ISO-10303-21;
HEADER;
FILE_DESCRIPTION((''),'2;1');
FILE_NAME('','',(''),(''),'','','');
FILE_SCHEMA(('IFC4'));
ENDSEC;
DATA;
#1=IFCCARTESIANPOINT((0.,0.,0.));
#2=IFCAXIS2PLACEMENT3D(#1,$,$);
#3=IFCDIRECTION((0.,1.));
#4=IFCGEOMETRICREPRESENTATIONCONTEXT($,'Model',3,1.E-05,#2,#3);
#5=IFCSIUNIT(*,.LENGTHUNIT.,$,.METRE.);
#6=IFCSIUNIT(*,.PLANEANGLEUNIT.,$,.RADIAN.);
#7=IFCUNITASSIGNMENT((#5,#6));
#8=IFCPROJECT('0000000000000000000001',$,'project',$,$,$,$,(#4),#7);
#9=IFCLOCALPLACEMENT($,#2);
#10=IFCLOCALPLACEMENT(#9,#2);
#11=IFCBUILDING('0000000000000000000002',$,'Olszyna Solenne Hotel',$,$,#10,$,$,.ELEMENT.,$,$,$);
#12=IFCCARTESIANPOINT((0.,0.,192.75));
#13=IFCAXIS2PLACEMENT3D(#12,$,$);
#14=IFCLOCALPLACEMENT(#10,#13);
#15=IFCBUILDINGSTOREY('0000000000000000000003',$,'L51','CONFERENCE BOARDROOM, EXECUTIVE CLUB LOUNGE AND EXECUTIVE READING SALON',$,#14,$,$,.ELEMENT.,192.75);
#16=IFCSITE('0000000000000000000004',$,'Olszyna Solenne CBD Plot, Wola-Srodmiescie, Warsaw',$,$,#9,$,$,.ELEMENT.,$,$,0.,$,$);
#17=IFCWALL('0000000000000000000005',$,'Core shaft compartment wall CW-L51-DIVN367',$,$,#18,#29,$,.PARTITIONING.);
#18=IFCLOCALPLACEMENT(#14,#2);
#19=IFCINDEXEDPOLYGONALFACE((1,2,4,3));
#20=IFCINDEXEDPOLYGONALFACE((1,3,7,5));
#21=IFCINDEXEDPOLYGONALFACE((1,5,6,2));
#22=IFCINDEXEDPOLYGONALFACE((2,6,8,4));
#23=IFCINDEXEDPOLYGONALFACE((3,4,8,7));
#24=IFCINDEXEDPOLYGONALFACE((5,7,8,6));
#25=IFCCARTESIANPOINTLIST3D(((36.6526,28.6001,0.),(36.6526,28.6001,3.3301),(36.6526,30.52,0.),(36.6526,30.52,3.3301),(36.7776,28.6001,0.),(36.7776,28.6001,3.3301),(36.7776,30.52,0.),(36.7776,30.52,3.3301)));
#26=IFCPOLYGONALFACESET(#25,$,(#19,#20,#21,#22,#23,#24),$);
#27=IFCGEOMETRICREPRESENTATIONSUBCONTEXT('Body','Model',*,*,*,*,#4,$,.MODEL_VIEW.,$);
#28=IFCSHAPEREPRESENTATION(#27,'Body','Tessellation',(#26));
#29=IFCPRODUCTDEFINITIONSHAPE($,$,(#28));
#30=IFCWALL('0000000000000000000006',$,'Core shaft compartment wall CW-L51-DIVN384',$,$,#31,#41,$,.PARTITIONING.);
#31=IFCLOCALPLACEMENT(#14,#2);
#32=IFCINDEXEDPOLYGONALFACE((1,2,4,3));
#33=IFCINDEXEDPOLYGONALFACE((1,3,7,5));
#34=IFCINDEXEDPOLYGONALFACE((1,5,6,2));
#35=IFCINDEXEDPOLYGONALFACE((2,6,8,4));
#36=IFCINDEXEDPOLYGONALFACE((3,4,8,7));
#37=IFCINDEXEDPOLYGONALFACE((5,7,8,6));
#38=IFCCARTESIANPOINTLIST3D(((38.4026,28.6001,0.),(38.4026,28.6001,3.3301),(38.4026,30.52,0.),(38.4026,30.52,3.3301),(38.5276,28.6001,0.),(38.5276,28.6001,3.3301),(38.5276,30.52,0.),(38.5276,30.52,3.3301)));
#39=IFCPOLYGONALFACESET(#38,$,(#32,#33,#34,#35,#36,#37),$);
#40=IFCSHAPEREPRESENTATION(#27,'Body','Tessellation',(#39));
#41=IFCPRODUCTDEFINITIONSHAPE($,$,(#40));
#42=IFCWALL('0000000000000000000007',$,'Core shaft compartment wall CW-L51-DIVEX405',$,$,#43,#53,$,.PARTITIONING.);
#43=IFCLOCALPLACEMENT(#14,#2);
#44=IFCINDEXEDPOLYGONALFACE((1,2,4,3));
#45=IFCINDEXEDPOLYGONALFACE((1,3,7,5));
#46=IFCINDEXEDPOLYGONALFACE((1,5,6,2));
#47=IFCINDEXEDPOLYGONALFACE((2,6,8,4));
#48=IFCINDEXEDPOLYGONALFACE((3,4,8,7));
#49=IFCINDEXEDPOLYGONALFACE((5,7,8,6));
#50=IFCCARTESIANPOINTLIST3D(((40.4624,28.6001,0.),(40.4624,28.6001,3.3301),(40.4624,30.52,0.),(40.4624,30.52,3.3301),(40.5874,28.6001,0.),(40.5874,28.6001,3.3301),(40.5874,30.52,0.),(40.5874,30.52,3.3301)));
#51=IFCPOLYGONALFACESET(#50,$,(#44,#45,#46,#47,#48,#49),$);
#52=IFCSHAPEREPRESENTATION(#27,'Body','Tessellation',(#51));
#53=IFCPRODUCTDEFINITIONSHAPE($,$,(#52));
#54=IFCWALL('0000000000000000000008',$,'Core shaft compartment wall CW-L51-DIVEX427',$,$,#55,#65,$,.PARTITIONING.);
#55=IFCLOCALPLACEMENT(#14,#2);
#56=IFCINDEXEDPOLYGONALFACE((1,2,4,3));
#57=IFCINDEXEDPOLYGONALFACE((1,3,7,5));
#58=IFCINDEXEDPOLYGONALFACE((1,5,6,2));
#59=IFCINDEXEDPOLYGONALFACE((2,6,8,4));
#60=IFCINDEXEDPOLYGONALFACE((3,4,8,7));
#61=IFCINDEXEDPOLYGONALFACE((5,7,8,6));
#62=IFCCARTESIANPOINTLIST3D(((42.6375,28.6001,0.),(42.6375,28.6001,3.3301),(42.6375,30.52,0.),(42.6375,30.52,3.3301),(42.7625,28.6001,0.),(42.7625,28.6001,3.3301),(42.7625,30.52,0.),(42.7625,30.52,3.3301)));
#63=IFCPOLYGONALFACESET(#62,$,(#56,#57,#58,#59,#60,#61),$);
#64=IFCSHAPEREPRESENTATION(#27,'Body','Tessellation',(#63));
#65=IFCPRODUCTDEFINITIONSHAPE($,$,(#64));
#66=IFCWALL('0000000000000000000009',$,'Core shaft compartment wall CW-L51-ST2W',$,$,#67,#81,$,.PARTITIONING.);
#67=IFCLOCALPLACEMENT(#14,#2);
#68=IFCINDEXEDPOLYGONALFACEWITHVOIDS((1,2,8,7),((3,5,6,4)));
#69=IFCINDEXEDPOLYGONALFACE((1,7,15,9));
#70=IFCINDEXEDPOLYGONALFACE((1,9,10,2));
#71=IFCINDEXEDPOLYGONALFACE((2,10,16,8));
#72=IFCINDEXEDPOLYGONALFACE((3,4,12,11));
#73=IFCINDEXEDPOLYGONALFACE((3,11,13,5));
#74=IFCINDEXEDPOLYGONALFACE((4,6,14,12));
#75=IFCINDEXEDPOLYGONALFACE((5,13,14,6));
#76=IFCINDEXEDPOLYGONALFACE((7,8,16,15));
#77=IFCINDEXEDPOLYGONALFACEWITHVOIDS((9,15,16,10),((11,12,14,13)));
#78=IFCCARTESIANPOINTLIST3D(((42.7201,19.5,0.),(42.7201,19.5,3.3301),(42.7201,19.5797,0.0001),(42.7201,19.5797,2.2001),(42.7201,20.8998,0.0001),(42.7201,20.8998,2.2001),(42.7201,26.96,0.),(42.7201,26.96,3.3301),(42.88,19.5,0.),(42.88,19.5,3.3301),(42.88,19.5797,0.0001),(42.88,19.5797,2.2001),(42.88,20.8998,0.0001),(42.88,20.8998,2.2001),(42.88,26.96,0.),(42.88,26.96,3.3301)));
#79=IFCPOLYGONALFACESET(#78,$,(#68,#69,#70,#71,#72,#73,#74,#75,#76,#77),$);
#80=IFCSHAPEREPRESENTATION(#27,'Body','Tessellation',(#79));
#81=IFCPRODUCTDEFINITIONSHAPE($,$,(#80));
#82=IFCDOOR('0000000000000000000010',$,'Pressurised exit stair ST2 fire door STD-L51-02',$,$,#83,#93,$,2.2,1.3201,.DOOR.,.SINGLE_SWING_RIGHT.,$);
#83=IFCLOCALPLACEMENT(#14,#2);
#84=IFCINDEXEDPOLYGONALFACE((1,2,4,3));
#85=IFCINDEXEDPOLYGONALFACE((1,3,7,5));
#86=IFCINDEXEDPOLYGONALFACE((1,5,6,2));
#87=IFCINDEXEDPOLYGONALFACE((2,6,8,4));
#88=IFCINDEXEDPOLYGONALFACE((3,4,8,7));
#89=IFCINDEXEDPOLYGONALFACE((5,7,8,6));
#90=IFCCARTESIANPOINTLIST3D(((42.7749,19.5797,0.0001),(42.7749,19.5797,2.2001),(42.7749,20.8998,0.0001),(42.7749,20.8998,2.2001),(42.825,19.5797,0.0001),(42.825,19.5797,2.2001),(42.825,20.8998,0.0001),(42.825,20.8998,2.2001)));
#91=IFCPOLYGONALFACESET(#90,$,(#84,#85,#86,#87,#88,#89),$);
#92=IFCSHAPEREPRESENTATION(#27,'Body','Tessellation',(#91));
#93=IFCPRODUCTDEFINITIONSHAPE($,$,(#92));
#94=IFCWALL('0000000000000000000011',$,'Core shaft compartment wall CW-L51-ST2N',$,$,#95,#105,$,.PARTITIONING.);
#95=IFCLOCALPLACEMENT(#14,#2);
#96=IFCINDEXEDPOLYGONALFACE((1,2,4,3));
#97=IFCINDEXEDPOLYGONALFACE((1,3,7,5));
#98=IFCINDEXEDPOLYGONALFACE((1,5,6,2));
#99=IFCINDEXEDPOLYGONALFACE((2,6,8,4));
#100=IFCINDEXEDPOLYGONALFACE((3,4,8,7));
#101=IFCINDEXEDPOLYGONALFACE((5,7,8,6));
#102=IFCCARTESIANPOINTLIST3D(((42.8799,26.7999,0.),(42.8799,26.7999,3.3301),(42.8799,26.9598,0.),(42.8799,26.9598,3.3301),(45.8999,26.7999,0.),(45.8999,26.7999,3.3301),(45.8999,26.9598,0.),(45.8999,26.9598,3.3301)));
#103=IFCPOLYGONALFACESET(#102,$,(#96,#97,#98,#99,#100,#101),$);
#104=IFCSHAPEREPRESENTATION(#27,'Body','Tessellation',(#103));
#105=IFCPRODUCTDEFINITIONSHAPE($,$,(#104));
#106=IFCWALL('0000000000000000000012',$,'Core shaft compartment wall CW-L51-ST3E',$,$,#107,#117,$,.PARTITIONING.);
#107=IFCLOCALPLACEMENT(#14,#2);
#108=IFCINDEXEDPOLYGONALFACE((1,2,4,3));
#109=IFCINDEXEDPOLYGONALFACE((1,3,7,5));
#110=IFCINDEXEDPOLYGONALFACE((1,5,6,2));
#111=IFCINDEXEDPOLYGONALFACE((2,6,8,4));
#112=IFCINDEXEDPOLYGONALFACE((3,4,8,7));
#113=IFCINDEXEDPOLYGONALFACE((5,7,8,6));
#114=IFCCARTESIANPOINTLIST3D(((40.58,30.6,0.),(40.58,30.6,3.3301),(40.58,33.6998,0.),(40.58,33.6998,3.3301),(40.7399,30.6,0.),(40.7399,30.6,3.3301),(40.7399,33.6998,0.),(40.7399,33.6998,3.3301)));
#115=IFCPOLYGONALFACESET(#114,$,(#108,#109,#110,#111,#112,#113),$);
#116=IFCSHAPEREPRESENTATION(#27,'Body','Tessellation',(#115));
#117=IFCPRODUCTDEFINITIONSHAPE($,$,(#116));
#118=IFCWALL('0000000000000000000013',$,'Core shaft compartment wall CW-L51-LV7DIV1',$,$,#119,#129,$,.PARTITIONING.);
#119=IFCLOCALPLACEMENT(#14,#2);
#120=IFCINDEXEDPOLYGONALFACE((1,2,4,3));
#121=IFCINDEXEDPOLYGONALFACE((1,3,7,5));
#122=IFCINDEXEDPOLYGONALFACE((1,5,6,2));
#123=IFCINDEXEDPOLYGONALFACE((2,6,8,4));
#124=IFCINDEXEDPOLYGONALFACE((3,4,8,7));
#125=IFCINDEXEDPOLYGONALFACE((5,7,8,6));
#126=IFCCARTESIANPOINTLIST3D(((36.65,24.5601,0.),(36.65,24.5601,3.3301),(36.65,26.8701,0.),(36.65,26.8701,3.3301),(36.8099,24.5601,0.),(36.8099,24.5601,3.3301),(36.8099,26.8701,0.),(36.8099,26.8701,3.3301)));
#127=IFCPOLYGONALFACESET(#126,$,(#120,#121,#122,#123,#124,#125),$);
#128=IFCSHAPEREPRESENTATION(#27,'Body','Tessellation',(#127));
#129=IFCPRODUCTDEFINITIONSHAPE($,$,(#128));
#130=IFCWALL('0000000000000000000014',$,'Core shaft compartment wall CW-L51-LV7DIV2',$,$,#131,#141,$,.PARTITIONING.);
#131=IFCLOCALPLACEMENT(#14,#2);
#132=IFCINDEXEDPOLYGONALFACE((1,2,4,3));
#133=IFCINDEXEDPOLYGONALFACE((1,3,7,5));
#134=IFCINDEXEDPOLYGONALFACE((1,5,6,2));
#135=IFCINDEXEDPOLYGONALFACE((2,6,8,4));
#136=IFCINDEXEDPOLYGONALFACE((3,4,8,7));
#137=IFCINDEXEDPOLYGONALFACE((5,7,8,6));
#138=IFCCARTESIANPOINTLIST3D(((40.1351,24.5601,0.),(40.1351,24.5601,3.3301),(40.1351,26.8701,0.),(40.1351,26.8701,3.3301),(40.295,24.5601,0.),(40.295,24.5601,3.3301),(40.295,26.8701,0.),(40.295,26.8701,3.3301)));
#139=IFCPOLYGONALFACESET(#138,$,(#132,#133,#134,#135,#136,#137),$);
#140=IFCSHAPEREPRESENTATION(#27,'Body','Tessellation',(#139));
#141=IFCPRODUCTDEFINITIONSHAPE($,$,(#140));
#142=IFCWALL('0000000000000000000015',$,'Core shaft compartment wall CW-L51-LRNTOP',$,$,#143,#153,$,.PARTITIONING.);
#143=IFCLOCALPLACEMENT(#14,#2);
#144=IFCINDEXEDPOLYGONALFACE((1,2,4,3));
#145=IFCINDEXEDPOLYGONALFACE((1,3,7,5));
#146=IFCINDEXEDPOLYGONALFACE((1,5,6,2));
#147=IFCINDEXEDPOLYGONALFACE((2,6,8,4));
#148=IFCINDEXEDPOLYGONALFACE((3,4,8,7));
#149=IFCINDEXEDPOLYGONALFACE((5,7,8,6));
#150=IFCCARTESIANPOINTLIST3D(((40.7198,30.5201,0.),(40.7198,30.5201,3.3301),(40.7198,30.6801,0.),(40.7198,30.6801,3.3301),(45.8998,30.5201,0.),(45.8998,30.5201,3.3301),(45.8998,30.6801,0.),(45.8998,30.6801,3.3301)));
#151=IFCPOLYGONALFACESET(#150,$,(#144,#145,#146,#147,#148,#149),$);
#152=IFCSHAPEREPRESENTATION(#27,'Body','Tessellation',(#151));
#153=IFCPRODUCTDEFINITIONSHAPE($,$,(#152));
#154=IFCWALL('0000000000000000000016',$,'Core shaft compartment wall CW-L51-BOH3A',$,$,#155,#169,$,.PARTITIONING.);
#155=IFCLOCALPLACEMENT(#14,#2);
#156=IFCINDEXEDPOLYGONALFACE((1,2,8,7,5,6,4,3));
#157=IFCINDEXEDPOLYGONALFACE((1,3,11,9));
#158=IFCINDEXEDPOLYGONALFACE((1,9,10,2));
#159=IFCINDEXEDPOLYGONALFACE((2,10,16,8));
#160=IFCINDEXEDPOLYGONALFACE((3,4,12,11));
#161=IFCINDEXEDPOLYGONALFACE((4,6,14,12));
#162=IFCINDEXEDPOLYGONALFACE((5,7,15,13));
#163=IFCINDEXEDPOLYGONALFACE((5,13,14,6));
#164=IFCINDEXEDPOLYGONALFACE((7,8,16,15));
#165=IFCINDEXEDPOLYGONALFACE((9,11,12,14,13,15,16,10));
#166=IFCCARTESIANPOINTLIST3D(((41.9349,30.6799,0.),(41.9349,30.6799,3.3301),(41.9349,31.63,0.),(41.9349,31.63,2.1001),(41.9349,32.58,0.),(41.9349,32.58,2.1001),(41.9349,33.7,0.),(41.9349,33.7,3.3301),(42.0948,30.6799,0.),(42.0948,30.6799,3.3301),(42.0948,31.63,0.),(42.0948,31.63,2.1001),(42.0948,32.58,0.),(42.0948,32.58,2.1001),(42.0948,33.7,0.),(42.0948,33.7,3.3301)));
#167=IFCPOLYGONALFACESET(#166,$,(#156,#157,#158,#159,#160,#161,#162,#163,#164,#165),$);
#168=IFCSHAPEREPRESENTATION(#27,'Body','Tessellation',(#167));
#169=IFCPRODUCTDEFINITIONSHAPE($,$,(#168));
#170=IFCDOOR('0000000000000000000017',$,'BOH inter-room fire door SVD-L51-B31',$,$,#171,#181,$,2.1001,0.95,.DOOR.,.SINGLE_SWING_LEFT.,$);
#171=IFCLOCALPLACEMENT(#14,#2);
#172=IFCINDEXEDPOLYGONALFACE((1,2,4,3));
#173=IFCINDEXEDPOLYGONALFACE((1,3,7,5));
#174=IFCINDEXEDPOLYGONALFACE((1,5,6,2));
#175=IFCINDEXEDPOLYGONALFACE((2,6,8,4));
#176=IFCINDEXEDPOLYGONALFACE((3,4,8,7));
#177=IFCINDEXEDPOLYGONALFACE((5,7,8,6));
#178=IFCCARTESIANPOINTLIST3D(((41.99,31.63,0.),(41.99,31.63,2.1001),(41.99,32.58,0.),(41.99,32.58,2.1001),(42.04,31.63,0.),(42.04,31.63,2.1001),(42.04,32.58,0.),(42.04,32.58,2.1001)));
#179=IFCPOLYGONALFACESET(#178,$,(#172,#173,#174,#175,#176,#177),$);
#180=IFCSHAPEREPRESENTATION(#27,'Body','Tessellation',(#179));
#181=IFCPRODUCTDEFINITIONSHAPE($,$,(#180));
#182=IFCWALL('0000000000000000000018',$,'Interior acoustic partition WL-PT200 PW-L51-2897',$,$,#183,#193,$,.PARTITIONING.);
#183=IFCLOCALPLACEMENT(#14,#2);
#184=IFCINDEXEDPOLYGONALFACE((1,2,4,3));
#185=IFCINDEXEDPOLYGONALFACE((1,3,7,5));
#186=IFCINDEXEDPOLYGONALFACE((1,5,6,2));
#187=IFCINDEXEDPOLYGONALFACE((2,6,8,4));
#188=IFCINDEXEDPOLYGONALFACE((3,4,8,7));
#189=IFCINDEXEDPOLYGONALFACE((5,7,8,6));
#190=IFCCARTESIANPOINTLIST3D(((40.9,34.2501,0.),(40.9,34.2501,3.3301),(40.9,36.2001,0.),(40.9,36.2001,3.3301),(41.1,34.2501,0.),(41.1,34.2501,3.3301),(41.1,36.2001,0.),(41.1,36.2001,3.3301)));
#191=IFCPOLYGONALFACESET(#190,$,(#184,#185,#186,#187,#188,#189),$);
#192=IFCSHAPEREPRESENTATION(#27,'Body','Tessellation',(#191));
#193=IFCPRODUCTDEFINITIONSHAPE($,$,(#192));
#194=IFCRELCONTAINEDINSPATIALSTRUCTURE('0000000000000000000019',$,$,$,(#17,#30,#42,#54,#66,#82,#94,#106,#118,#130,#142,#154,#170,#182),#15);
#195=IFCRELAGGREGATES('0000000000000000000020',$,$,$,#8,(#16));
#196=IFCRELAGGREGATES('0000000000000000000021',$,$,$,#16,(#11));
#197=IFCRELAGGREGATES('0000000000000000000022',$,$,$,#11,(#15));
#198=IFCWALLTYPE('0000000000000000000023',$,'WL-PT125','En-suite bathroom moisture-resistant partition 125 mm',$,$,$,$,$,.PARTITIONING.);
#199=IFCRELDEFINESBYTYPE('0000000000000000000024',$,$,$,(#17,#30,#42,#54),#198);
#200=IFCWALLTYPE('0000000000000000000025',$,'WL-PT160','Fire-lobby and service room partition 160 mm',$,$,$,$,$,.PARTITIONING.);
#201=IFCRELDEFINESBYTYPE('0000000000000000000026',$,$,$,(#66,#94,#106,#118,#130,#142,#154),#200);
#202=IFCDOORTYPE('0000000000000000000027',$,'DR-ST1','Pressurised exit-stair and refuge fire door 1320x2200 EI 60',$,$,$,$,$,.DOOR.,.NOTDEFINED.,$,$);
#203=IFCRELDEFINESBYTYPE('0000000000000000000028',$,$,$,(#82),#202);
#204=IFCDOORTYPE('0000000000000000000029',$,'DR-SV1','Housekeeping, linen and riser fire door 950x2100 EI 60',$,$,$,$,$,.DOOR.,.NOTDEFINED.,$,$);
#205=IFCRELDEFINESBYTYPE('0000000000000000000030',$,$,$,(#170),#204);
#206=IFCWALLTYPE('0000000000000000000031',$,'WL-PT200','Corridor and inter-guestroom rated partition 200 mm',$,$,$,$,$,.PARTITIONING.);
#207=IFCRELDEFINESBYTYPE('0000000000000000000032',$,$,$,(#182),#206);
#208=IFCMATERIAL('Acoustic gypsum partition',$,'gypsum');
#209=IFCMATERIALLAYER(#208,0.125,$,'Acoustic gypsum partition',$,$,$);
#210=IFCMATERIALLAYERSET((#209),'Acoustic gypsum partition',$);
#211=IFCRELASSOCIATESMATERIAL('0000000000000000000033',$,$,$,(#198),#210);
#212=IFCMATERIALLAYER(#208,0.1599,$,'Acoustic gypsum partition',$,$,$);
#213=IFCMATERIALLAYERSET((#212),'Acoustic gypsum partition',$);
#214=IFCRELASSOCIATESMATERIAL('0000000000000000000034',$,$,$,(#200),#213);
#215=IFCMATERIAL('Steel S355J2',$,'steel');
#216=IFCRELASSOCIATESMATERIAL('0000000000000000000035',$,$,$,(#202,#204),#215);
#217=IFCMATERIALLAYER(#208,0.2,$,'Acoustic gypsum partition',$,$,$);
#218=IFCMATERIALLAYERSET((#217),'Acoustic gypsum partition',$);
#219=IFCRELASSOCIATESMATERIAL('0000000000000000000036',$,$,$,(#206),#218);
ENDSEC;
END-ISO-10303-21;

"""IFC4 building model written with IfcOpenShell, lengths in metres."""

from ifc_helpers import new_model, si_unit, direction, frame, frame_2d, origin, place, context, subcontext, project, spatial, rectangle, extrude, source, transform, mapped, material, layer, layer_set, type_object, type_shapes, element, fill, save


model = new_model("IFC4")

# Units and contexts
model_context = context("Model", 3, precision=1e-05, world=origin(), true_north=direction((0.0, 1.0)))
body_context = subcontext(model_context, "Body", "Model", "MODEL_VIEW")
ifc_project = project(units=[si_unit("LENGTHUNIT", "METRE"), si_unit("PLANEANGLEUNIT", "RADIAN")], contexts=[model_context])

# Site, building, storey
site_placement = place(None, origin())
site = spatial("IfcSite", under=ifc_project, at=site_placement, Name="Olszyna Solenne CBD Plot, Wola-Srodmiescie, Warsaw", CompositionType="ELEMENT", RefElevation=0.0)
building_placement = place(site_placement, origin())
building = spatial("IfcBuilding", under=site, at=building_placement, Name="Olszyna Solenne Hotel", CompositionType="ELEMENT")
storey_placement = place(building_placement, frame((0.0, 0.0, 192.75)))
storey = spatial("IfcBuildingStorey", under=building, at=storey_placement, Name="L51", Description="CONFERENCE BOARDROOM, EXECUTIVE CLUB LOUNGE AND EXECUTIVE READING SALON", CompositionType="ELEMENT", Elevation=192.75)

# Shared definitions
ifc_material_1 = material(Name="Steel S355J2", Category="steel")

# Walls
ifc_material_2 = material(Name="Acoustic gypsum partition", Category="gypsum")
ifc_layer_1 = layer(ifc_material_2, 0.125, Name="Acoustic gypsum partition")
ifc_layer_set_1 = layer_set([ifc_layer_1], Name="Acoustic gypsum partition")
wall_type_1 = type_object("IfcWallType", Name="WL-PT125", Description="En-suite bathroom moisture-resistant partition 125 mm", PredefinedType="PARTITIONING", material=ifc_layer_set_1)
for number, where, z_axis, x_axis, name in (
    (1, (36.7151, 28.6001, 0.0), (0.0, 0.0, 1.0), (0.0, 1.0, 0.0), "Core shaft compartment wall CW-L51-DIVN367"),
    (2, (38.4651, 28.6001, 0.0), (0.0, 0.0, 1.0), (0.0, 1.0, 0.0), "Core shaft compartment wall CW-L51-DIVN384"),
    (3, (40.5249, 28.6001, 0.0), (0.0, 0.0, 1.0), (0.0, 1.0, 0.0), "Core shaft compartment wall CW-L51-DIVEX405"),
    (4, (42.7, 28.6001, 0.0), (0.0, 0.0, 1.0), (0.0, 1.0, 0.0), "Core shaft compartment wall CW-L51-DIVEX427"),
):
    element("IfcWall", number, at=place(storey_placement, frame(where, z_axis=z_axis, x_axis=x_axis)), inside=storey, type_object=wall_type_1, Name=name, PredefinedType="PARTITIONING", context=body_context, shape_type="SweptSolid", body=[
        extrude(rectangle(XDim=1.9199, YDim=0.125, at=frame_2d((0.96, 0.0))), origin(), (0.0, 0.0, 1.0), 3.3301),
    ])

# Wall, opening, door
ifc_layer_2 = layer(ifc_material_2, 0.1599, Name="Acoustic gypsum partition")
ifc_layer_set_2 = layer_set([ifc_layer_2], Name="Acoustic gypsum partition")
wall_type_2 = type_object("IfcWallType", Name="WL-PT160", Description="Fire-lobby and service room partition 160 mm", PredefinedType="PARTITIONING", material=ifc_layer_set_2)
wall_1_placement = place(storey_placement, frame((42.8, 26.96, 0.0), z_axis=(0.0, 0.0, 1.0), x_axis=(0.0, -1.0, 0.0)))
wall_1 = element("IfcWall", 5, at=wall_1_placement, inside=storey, type_object=wall_type_2, Name="Core shaft compartment wall CW-L51-ST2W", PredefinedType="PARTITIONING", context=body_context, shape_type="SweptSolid", body=[
    extrude(rectangle(XDim=7.46, YDim=0.1599, at=frame_2d((3.73, 0.0))), origin(), (0.0, 0.0, 1.0), 3.3301),
])
opening_1_placement = place(wall_1_placement, frame((6.0601, 0.0, 0.0)))
opening_1 = element("IfcOpeningElement", 6, at=opening_1_placement, cuts=wall_1, PredefinedType="OPENING", context=body_context, shape_type="SweptSolid", body=[
    extrude(rectangle(XDim=1.3201, YDim=2.2, at=frame_2d((0.6602, 1.1001))), frame((0.0, 0.0898, 0.0), z_axis=(0.0, -1.0, 0.0), x_axis=(1.0, 0.0, 0.0)), (0.0, 0.0, 1.0), 0.1799),
])
door_type_1 = type_object("IfcDoorType", Name="DR-ST1", Description="Pressurised exit-stair and refuge fire door 1320x2200 EI 60", OperationType="NOTDEFINED", PredefinedType="DOOR", material=ifc_material_1)
shared_shape_1 = source(origin(), body_context, "Body", "SweptSolid", [
    extrude(rectangle(XDim=1.3201, YDim=2.2, at=frame_2d((0.6602, 1.1001))), frame((0.0, 0.0249, 0.0), z_axis=(0.0, -1.0, 0.0), x_axis=(1.0, 0.0, 0.0)), (0.0, 0.0, 1.0), 0.05),
])
type_shapes(door_type_1, [shared_shape_1])
door_1_placement = place(opening_1_placement, origin())
door_1 = element("IfcDoor", 7, at=door_1_placement, inside=storey, type_object=door_type_1, Name="Pressurised exit stair ST2 fire door STD-L51-02", OperationType="SINGLE_SWING_RIGHT", OverallHeight=2.2, OverallWidth=1.3201, PredefinedType="DOOR", context=body_context, shape_type="MappedRepresentation", body=[
    mapped(shared_shape_1, transform((0.0, 0.0, 0.0), x_axis=(1.0, 0.0, 0.0), y_axis=(0.0, 1.0, 0.0), z_axis=(0.0, 0.0, 1.0), scale=1.0)),
])
fill(opening_1, door_1)

# Walls
wall_2_placement = place(storey_placement, frame((42.8799, 26.8799, 0.0), z_axis=(0.0, 0.0, 1.0), x_axis=(1.0, 0.0, 0.0)))
element("IfcWall", 8, at=wall_2_placement, inside=storey, type_object=wall_type_2, Name="Core shaft compartment wall CW-L51-ST2N", PredefinedType="PARTITIONING", context=body_context, shape_type="SweptSolid", body=[
    extrude(rectangle(XDim=3.02, YDim=0.1599, at=frame_2d((1.51, 0.0))), origin(), (0.0, 0.0, 1.0), 3.3301),
])
wall_3_placement = place(storey_placement, frame((40.6599, 30.6001, 0.0), z_axis=(0.0, 0.0, 1.0), x_axis=(0.0, 1.0, 0.0)))
element("IfcWall", 9, at=wall_3_placement, inside=storey, type_object=wall_type_2, Name="Core shaft compartment wall CW-L51-ST3E", PredefinedType="PARTITIONING", context=body_context, shape_type="SweptSolid", body=[
    extrude(rectangle(XDim=3.0999, YDim=0.1599, at=frame_2d((1.5498, 0.0))), origin(), (0.0, 0.0, 1.0), 3.3301),
])
for number, where, z_axis, x_axis, name in (
    (10, (36.73, 24.5601, 0.0), (0.0, 0.0, 1.0), (0.0, 1.0, 0.0), "Core shaft compartment wall CW-L51-LV7DIV1"),
    (11, (40.2151, 24.5601, 0.0), (0.0, 0.0, 1.0), (0.0, 1.0, 0.0), "Core shaft compartment wall CW-L51-LV7DIV2"),
):
    element("IfcWall", number, at=place(storey_placement, frame(where, z_axis=z_axis, x_axis=x_axis)), inside=storey, type_object=wall_type_2, Name=name, PredefinedType="PARTITIONING", context=body_context, shape_type="SweptSolid", body=[
        extrude(rectangle(XDim=2.3101, YDim=0.1599, at=frame_2d((1.155, 0.0))), origin(), (0.0, 0.0, 1.0), 3.3301),
    ])
wall_4_placement = place(storey_placement, frame((40.72, 30.6001, 0.0), z_axis=(0.0, 0.0, 1.0), x_axis=(1.0, 0.0, 0.0)))
element("IfcWall", 12, at=wall_4_placement, inside=storey, type_object=wall_type_2, Name="Core shaft compartment wall CW-L51-LRNTOP", PredefinedType="PARTITIONING", context=body_context, shape_type="SweptSolid", body=[
    extrude(rectangle(XDim=5.1799, YDim=0.1599, at=frame_2d((2.5898, 0.0))), origin(), (0.0, 0.0, 1.0), 3.3301),
])

# Wall, opening, door
wall_5_placement = place(storey_placement, frame((42.0149, 30.6799, 0.0), z_axis=(0.0, 0.0, 1.0), x_axis=(0.0, 1.0, 0.0)))
wall_5 = element("IfcWall", 13, at=wall_5_placement, inside=storey, type_object=wall_type_2, Name="Core shaft compartment wall CW-L51-BOH3A", PredefinedType="PARTITIONING", context=body_context, shape_type="SweptSolid", body=[
    extrude(rectangle(XDim=3.02, YDim=0.1599, at=frame_2d((1.51, 0.0))), origin(), (0.0, 0.0, 1.0), 3.3301),
])
opening_2_placement = place(wall_5_placement, frame((0.95, 0.0, 0.0)))
opening_2 = element("IfcOpeningElement", 14, at=opening_2_placement, cuts=wall_5, PredefinedType="OPENING", context=body_context, shape_type="SweptSolid", body=[
    extrude(rectangle(XDim=0.95, YDim=2.1001, at=frame_2d((0.4751, 1.05))), frame((0.0, 0.0898, 0.0), z_axis=(0.0, -1.0, 0.0), x_axis=(1.0, 0.0, 0.0)), (0.0, 0.0, 1.0), 0.1799),
])
door_type_2 = type_object("IfcDoorType", Name="DR-SV1", Description="Housekeeping, linen and riser fire door 950x2100 EI 60", OperationType="NOTDEFINED", PredefinedType="DOOR", material=ifc_material_1)
shared_shape_2 = source(origin(), body_context, "Body", "SweptSolid", [
    extrude(rectangle(XDim=0.95, YDim=2.1001, at=frame_2d((0.4751, 1.05))), frame((0.0, 0.0249, 0.0), z_axis=(0.0, -1.0, 0.0), x_axis=(1.0, 0.0, 0.0)), (0.0, 0.0, 1.0), 0.05),
])
type_shapes(door_type_2, [shared_shape_2])
door_2_placement = place(opening_2_placement, origin())
door_2 = element("IfcDoor", 15, at=door_2_placement, inside=storey, type_object=door_type_2, Name="BOH inter-room fire door SVD-L51-B31", OperationType="SINGLE_SWING_LEFT", OverallHeight=2.1001, OverallWidth=0.95, PredefinedType="DOOR", context=body_context, shape_type="MappedRepresentation", body=[
    mapped(shared_shape_2, transform((0.0, 0.0, 0.0), x_axis=(1.0, 0.0, 0.0), y_axis=(0.0, 1.0, 0.0), z_axis=(0.0, 0.0, 1.0), scale=1.0)),
])
fill(opening_2, door_2)

# Wall
ifc_layer_3 = layer(ifc_material_2, 0.2, Name="Acoustic gypsum partition")
ifc_layer_set_3 = layer_set([ifc_layer_3], Name="Acoustic gypsum partition")
wall_type_3 = type_object("IfcWallType", Name="WL-PT200", Description="Corridor and inter-guestroom rated partition 200 mm", PredefinedType="PARTITIONING", material=ifc_layer_set_3)
wall_6_placement = place(storey_placement, frame((41.0, 34.25, 0.0), z_axis=(0.0, 0.0, 1.0), x_axis=(0.0, 1.0, 0.0)))
element("IfcWall", 16, at=wall_6_placement, inside=storey, type_object=wall_type_3, Name="Interior acoustic partition WL-PT200 PW-L51-2897", PredefinedType="PARTITIONING", context=body_context, shape_type="SweptSolid", body=[
    extrude(rectangle(XDim=1.95, YDim=0.2, at=frame_2d((0.9751, 0.0))), origin(), (0.0, 0.0, 1.0), 3.3301),
])

save(model, "model.ifc")
